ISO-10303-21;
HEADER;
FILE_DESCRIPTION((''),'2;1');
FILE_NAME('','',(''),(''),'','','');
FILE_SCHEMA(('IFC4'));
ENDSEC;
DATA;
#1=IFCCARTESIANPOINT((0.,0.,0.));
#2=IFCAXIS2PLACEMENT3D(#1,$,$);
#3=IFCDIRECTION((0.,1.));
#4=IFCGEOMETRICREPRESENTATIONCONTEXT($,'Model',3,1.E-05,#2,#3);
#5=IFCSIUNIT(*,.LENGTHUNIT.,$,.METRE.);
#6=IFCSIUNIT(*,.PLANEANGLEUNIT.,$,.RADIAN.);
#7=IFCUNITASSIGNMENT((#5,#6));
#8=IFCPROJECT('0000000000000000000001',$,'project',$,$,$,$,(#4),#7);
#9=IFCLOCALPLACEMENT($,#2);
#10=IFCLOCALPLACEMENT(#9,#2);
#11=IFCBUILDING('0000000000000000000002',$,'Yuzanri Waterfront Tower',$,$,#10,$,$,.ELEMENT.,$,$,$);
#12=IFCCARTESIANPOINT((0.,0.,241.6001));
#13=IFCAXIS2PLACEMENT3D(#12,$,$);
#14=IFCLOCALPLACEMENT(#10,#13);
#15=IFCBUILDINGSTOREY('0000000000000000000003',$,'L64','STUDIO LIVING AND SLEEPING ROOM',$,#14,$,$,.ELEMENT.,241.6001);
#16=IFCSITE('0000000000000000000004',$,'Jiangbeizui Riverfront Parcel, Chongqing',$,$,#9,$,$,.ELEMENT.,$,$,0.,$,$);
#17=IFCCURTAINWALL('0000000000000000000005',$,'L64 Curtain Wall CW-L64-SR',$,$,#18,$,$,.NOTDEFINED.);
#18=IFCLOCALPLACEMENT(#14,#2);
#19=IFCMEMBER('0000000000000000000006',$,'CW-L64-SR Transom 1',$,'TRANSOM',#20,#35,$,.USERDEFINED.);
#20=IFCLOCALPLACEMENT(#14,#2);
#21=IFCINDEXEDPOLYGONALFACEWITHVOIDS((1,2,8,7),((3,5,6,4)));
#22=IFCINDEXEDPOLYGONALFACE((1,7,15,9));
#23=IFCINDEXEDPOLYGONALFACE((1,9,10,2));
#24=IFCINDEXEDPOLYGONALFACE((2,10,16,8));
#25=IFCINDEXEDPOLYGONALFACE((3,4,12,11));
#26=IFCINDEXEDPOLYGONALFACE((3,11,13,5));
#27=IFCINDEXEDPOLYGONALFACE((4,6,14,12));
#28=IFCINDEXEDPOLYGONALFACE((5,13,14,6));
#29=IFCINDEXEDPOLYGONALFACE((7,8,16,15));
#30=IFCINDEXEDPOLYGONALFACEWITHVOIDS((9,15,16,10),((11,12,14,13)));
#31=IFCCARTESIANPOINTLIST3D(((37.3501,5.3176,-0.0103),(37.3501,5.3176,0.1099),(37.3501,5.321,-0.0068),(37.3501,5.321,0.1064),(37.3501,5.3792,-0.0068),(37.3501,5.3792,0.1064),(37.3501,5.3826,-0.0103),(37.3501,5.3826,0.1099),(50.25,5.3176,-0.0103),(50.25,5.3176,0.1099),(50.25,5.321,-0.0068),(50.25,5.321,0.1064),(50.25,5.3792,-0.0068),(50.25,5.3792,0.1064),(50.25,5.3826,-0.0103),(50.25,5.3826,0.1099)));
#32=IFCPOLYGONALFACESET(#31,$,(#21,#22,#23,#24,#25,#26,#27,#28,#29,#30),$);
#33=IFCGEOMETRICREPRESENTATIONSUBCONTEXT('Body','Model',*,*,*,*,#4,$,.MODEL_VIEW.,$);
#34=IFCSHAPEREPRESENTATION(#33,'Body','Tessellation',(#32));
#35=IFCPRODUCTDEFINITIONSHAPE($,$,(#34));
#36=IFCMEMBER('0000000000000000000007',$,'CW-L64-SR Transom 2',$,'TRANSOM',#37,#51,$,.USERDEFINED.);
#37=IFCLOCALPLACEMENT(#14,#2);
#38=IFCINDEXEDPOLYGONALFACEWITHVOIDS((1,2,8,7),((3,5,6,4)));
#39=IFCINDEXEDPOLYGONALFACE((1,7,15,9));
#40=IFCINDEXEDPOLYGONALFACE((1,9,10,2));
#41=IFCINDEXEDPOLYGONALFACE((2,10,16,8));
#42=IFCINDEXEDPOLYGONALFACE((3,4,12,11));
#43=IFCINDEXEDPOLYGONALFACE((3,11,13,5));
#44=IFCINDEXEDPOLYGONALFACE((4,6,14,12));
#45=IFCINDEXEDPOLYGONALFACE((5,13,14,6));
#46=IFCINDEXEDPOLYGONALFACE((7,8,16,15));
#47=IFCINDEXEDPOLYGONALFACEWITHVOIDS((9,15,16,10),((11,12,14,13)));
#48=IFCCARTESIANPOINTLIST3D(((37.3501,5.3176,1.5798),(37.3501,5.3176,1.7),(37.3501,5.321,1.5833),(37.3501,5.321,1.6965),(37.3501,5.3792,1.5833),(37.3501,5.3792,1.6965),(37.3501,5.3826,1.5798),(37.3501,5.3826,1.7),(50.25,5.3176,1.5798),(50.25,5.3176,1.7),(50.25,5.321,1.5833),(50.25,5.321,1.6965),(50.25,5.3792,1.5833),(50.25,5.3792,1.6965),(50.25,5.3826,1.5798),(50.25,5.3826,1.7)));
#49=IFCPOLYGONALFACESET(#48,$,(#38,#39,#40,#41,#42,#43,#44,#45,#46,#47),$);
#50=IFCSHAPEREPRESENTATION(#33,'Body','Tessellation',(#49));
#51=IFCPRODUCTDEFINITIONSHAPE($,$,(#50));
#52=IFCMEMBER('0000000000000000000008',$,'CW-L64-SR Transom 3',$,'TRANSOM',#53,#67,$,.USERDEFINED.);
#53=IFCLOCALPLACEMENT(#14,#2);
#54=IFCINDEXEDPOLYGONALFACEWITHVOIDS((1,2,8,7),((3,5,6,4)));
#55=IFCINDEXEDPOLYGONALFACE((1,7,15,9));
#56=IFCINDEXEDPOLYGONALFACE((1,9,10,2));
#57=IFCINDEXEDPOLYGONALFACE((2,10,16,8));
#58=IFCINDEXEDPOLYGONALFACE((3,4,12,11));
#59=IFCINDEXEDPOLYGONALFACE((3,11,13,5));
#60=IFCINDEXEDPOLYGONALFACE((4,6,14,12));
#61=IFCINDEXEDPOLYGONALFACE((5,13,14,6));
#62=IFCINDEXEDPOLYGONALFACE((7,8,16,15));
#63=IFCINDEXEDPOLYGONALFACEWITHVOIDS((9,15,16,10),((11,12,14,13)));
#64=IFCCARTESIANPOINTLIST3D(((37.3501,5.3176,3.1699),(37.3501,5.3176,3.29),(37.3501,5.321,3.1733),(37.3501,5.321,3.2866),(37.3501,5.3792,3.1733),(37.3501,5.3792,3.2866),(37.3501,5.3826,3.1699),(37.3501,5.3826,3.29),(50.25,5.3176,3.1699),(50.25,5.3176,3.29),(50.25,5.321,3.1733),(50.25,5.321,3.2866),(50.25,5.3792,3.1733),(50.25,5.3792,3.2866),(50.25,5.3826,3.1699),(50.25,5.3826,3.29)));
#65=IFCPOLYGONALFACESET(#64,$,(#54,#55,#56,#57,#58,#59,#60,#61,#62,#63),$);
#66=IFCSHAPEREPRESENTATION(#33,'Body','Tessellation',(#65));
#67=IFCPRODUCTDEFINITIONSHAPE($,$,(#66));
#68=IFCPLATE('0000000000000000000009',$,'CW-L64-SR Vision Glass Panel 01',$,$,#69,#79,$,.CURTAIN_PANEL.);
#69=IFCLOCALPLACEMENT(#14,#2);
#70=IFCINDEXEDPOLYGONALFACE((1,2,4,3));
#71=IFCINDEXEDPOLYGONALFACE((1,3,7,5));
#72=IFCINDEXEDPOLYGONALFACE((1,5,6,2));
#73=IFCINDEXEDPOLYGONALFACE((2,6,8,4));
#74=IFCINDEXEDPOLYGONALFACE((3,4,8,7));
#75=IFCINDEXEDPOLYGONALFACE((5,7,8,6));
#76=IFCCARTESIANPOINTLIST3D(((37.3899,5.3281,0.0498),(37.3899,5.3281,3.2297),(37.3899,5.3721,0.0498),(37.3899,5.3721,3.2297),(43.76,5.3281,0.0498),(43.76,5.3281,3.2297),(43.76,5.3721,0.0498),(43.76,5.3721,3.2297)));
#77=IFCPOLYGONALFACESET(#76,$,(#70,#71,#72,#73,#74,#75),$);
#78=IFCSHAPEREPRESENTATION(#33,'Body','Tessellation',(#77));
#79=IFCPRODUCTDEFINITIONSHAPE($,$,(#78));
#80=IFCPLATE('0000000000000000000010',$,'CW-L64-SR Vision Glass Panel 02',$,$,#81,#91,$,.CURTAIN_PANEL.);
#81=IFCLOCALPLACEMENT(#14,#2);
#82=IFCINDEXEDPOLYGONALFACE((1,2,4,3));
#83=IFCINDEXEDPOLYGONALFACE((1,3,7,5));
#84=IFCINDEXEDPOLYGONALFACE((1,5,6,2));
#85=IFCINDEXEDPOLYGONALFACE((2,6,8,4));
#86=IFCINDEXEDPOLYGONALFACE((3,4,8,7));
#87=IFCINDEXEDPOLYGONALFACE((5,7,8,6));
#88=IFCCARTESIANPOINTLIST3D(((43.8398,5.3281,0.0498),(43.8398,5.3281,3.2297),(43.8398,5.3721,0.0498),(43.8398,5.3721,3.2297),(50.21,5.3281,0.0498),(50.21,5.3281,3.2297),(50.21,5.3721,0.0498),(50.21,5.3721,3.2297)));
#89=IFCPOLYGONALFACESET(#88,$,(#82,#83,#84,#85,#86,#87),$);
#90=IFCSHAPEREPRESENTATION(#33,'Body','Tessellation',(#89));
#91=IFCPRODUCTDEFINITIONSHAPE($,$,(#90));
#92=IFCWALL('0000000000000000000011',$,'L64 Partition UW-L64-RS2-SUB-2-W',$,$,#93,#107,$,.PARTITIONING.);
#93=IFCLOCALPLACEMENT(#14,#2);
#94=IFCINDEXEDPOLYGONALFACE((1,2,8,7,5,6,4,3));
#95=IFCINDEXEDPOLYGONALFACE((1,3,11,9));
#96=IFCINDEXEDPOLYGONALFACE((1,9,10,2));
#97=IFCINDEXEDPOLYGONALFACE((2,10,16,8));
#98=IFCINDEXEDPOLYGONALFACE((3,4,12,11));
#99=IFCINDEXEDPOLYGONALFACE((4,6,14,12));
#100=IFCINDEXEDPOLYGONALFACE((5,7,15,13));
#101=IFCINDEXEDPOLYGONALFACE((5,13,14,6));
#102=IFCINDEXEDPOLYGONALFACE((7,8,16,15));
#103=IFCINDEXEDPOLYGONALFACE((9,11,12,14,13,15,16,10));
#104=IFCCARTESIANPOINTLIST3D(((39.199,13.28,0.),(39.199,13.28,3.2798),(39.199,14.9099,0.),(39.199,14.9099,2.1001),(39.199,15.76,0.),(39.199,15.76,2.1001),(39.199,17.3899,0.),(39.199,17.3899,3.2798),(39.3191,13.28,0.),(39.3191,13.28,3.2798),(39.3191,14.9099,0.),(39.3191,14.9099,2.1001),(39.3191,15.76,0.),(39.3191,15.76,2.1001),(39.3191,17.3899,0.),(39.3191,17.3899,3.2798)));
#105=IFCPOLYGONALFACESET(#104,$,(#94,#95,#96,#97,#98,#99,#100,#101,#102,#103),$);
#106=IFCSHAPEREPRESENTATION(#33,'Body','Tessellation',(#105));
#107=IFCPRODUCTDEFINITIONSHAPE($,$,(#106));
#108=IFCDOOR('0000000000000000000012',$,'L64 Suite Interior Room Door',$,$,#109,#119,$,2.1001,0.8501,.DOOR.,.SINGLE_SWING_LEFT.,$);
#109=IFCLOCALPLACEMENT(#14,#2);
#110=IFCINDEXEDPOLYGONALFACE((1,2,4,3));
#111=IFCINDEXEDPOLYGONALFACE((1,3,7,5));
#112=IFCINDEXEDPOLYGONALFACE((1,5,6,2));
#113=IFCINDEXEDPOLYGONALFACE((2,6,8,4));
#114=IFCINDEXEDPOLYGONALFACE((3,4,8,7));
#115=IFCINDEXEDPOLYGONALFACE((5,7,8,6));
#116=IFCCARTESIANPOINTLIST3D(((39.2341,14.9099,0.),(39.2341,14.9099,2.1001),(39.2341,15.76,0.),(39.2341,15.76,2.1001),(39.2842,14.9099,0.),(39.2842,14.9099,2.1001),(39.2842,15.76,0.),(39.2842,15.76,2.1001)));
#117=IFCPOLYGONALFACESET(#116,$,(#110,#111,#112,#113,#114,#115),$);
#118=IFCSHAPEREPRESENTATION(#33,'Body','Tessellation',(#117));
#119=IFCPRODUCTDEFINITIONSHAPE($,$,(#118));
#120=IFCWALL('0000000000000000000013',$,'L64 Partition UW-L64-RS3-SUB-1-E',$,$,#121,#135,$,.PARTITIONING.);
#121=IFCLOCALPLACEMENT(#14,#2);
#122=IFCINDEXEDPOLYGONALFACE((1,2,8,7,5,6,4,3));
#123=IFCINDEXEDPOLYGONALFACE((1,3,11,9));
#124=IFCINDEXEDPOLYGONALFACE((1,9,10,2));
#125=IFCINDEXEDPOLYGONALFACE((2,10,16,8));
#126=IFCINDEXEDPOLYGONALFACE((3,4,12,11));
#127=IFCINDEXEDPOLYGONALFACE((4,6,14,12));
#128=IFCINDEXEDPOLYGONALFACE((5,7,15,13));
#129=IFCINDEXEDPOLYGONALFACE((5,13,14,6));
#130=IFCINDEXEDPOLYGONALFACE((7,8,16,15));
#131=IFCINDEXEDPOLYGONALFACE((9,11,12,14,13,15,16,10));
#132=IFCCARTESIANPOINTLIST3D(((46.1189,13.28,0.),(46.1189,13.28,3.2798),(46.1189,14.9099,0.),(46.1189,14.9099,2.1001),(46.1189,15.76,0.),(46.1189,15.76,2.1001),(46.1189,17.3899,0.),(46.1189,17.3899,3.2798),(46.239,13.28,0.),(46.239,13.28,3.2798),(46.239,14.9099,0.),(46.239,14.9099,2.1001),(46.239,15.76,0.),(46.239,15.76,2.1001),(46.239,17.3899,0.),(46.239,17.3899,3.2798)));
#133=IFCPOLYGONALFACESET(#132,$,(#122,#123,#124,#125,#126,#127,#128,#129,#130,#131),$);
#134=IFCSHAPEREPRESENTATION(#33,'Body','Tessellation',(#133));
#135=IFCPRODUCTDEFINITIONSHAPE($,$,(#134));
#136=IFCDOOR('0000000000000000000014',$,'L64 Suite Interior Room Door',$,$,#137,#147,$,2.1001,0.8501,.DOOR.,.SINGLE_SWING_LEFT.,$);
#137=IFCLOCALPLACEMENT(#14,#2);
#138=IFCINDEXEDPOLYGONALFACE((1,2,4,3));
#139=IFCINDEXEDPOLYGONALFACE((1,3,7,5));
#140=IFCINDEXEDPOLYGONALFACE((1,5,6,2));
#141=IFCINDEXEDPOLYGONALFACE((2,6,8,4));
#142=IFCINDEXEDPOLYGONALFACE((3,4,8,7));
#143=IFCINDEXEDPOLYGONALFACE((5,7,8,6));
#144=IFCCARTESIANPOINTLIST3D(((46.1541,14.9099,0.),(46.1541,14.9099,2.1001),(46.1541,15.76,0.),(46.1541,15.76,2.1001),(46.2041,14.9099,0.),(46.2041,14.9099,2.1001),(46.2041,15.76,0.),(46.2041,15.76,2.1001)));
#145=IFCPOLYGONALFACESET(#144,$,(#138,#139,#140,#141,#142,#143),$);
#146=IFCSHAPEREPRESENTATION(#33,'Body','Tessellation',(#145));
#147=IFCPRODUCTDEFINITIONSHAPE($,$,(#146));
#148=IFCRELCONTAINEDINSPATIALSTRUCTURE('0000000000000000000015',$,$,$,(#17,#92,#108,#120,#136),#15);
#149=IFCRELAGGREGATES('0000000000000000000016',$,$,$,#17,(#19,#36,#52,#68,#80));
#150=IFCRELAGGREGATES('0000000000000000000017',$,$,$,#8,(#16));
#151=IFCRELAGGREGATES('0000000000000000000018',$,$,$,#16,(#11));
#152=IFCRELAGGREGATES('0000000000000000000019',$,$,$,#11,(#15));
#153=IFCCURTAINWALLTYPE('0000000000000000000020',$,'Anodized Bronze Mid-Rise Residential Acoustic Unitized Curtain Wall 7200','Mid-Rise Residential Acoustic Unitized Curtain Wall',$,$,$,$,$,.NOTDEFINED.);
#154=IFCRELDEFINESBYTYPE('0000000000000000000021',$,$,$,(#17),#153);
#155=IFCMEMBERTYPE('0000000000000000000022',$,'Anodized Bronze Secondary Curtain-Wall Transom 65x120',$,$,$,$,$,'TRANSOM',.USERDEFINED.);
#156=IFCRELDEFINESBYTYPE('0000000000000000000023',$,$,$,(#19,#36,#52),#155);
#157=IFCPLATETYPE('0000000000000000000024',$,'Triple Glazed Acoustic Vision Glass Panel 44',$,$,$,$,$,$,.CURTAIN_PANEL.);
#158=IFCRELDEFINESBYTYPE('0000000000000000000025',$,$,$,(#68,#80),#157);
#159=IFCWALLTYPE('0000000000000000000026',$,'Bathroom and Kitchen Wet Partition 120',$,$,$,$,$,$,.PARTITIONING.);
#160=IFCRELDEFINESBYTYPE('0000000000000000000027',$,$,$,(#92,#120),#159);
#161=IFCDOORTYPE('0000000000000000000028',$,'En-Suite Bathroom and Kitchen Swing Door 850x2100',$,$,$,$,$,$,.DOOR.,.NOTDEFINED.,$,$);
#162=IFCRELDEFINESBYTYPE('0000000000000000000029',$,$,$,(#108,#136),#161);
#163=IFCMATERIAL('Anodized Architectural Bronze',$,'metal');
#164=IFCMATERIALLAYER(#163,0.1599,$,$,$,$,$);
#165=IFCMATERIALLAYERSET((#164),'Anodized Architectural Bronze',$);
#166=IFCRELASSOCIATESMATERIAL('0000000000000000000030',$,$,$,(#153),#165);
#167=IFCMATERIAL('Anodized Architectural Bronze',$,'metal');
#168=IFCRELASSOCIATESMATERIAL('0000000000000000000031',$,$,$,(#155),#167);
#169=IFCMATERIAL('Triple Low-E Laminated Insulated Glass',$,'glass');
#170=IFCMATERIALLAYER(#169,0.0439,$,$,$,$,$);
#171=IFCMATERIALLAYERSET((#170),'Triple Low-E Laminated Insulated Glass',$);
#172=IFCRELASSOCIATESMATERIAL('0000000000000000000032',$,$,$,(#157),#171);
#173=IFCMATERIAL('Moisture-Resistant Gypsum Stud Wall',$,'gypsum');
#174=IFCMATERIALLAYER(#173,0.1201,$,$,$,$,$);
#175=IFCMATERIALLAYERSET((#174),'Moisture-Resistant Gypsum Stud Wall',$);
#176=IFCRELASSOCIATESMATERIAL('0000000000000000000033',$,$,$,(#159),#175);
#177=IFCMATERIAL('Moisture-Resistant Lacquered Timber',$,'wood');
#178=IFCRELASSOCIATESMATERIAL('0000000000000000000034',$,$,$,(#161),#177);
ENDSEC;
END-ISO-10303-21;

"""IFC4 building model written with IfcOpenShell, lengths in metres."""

from ifc_helpers import new_model, si_unit, direction, frame, frame_2d, origin, origin_2d, place, context, subcontext, project, spatial, rectangle, hollow_rectangle, extrude, source, transform, mapped, material, layer, layer_set, material_profile, profile_set, type_object, element, fill, aggregate, save


model = new_model("IFC4")

# Units and contexts
model_context = context("Model", 3, precision=1e-05, world=origin(), true_north=direction((0.0, 1.0)))
body_context = subcontext(model_context, "Body", "Model", "MODEL_VIEW")
ifc_project = project(units=[si_unit("LENGTHUNIT", "METRE"), si_unit("PLANEANGLEUNIT", "RADIAN")], contexts=[model_context])

# Site, building, storey
site_placement = place(None, origin())
site = spatial("IfcSite", under=ifc_project, at=site_placement, Name="Jiangbeizui Riverfront Parcel, Chongqing", CompositionType="ELEMENT", RefElevation=0.0)
building_placement = place(site_placement, origin())
building = spatial("IfcBuilding", under=site, at=building_placement, Name="Yuzanri Waterfront Tower", CompositionType="ELEMENT")
storey_placement = place(building_placement, frame((0.0, 0.0, 241.6001)))
storey = spatial("IfcBuildingStorey", under=building, at=storey_placement, Name="L64", Description="STUDIO LIVING AND SLEEPING ROOM", CompositionType="ELEMENT", Elevation=241.6001)

# Curtain wall, members, plates
ifc_material_1 = material(Name="Anodized Architectural Bronze", Category="metal")
ifc_layer_1 = layer(ifc_material_1, 0.1599)
ifc_layer_set_1 = layer_set([ifc_layer_1], Name="Anodized Architectural Bronze")
curtain_wall_type = type_object("IfcCurtainWallType", Name="Anodized Bronze Mid-Rise Residential Acoustic Unitized Curtain Wall 7200", Description="Mid-Rise Residential Acoustic Unitized Curtain Wall", PredefinedType="NOTDEFINED", material=ifc_layer_set_1)
curtain_wall_placement = place(storey_placement, origin())
curtain_wall = element("IfcCurtainWall", 1, at=curtain_wall_placement, inside=storey, type_object=curtain_wall_type, Name="L64 Curtain Wall CW-L64-SR", PredefinedType="NOTDEFINED")
ifc_material_2 = material(Name="Anodized Architectural Bronze", Category="metal")
ifc_material_profile_1 = material_profile(ifc_material_2, hollow_rectangle(XDim=0.0649, YDim=0.1201, WallThickness=0.0034, at=origin_2d()), Name="CWT 65x120")
ifc_profile_set_1 = profile_set([ifc_material_profile_1], Name="Anodized Architectural Bronze")
member_type_1 = type_object("IfcMemberType", Name="Anodized Bronze Secondary Curtain-Wall Transom 65x120", ElementType="TRANSOM", PredefinedType="USERDEFINED", material=ifc_profile_set_1)
shared_shape_1 = source(origin(), body_context, "Body", "SweptSolid", [
    extrude(hollow_rectangle(XDim=0.0649, YDim=0.1201, WallThickness=0.0034, at=origin_2d()), origin(), (0.0, 0.0, 1.0), 12.8999),
])
member_1_placement = place(storey_placement, frame((37.3501, 5.3501, 0.0498), z_axis=(1.0, 0.0, 0.0), x_axis=(0.0, 1.0, 0.0)))
member_1 = element("IfcMember", 2, at=member_1_placement, type_object=member_type_1, Name="CW-L64-SR Transom 1", ObjectType="TRANSOM", PredefinedType="USERDEFINED", context=body_context, shape_type="MappedRepresentation", body=[
    mapped(shared_shape_1, transform((0.0, 0.0, 0.0), scale=1.0)),
])
member_2_placement = place(storey_placement, frame((37.3501, 5.3501, 1.6399), z_axis=(1.0, 0.0, 0.0), x_axis=(0.0, 1.0, 0.0)))
member_2 = element("IfcMember", 3, at=member_2_placement, type_object=member_type_1, Name="CW-L64-SR Transom 2", ObjectType="TRANSOM", PredefinedType="USERDEFINED", context=body_context, shape_type="MappedRepresentation", body=[
    mapped(shared_shape_1, transform((0.0, 0.0, 0.0), scale=1.0)),
])
member_3_placement = place(storey_placement, frame((37.3501, 5.3501, 3.23), z_axis=(1.0, 0.0, 0.0), x_axis=(0.0, 1.0, 0.0)))
member_3 = element("IfcMember", 4, at=member_3_placement, type_object=member_type_1, Name="CW-L64-SR Transom 3", ObjectType="TRANSOM", PredefinedType="USERDEFINED", context=body_context, shape_type="MappedRepresentation", body=[
    mapped(shared_shape_1, transform((0.0, 0.0, 0.0), scale=1.0)),
])
ifc_material_3 = material(Name="Triple Low-E Laminated Insulated Glass", Category="glass")
ifc_layer_2 = layer(ifc_material_3, 0.0439)
ifc_layer_set_2 = layer_set([ifc_layer_2], Name="Triple Low-E Laminated Insulated Glass")
plate_type = type_object("IfcPlateType", Name="Triple Glazed Acoustic Vision Glass Panel 44", PredefinedType="CURTAIN_PANEL", material=ifc_layer_set_2)
shared_shape_2 = source(origin(), body_context, "Body", "SweptSolid", [
    extrude(rectangle(XDim=6.3701, YDim=0.0439, at=origin_2d()), origin(), (0.0, 0.0, 1.0), 3.1799),
])
plate_1_placement = place(storey_placement, frame((40.575, 5.3501, 0.0498), z_axis=(0.0, 0.0, 1.0), x_axis=(1.0, 0.0, 0.0)))
plate_1 = element("IfcPlate", 5, at=plate_1_placement, type_object=plate_type, Name="CW-L64-SR Vision Glass Panel 01", PredefinedType="CURTAIN_PANEL", context=body_context, shape_type="MappedRepresentation", body=[
    mapped(shared_shape_2, transform((0.0, 0.0, 0.0), scale=1.0)),
])
plate_2_placement = place(storey_placement, frame((47.0249, 5.3501, 0.0498), z_axis=(0.0, 0.0, 1.0), x_axis=(1.0, 0.0, 0.0)))
plate_2 = element("IfcPlate", 6, at=plate_2_placement, type_object=plate_type, Name="CW-L64-SR Vision Glass Panel 02", PredefinedType="CURTAIN_PANEL", context=body_context, shape_type="MappedRepresentation", body=[
    mapped(shared_shape_2, transform((0.0, 0.0, 0.0), scale=1.0)),
])
aggregate(curtain_wall, [member_1, member_2, member_3, plate_1, plate_2])

# Walls, openings, doors
ifc_material_4 = material(Name="Moisture-Resistant Gypsum Stud Wall", Category="gypsum")
ifc_layer_3 = layer(ifc_material_4, 0.1201)
ifc_layer_set_3 = layer_set([ifc_layer_3], Name="Moisture-Resistant Gypsum Stud Wall")
wall_type_1 = type_object("IfcWallType", Name="Bathroom and Kitchen Wet Partition 120", PredefinedType="PARTITIONING", material=ifc_layer_set_3)
wall_1_placement = place(storey_placement, frame((39.259, 13.28, 0.0), z_axis=(0.0, 0.0, 1.0), x_axis=(0.0, 1.0, 0.0)))
wall_1 = element("IfcWall", 7, at=wall_1_placement, inside=storey, type_object=wall_type_1, Name="L64 Partition UW-L64-RS2-SUB-2-W", PredefinedType="PARTITIONING", context=body_context, shape_type="SweptSolid", body=[
    extrude(rectangle(XDim=4.1099, YDim=0.1201, at=frame_2d((2.0549, 0.0))), origin(), (0.0, 0.0, 1.0), 3.2798),
])
opening_1_placement = place(wall_1_placement, frame((1.6299, 0.0, 0.0)))
opening_1 = element("IfcOpeningElement", 8, at=opening_1_placement, cuts=wall_1, PredefinedType="OPENING", context=body_context, shape_type="SweptSolid", body=[
    extrude(rectangle(XDim=0.8501, YDim=2.1001, at=frame_2d((0.425, 1.05))), frame((0.0, 0.075, 0.0), z_axis=(0.0, -1.0, 0.0), x_axis=(1.0, 0.0, 0.0)), (0.0, 0.0, 1.0), 0.1499),
])
ifc_material_5 = material(Name="Moisture-Resistant Lacquered Timber", Category="wood")
door_type_1 = type_object("IfcDoorType", Name="En-Suite Bathroom and Kitchen Swing Door 850x2100", OperationType="NOTDEFINED", PredefinedType="DOOR", material=ifc_material_5)
shared_shape_3 = source(origin(), body_context, "Body", "SweptSolid", [
    extrude(rectangle(XDim=0.8501, YDim=2.1001, at=frame_2d((0.425, 1.05))), frame((0.0, 0.0249, 0.0), z_axis=(0.0, -1.0, 0.0), x_axis=(1.0, 0.0, 0.0)), (0.0, 0.0, 1.0), 0.05),
])
door_1_placement = place(opening_1_placement, origin())
door_1 = element("IfcDoor", 9, at=door_1_placement, inside=storey, type_object=door_type_1, Name="L64 Suite Interior Room Door", OperationType="SINGLE_SWING_LEFT", OverallHeight=2.1001, OverallWidth=0.8501, PredefinedType="DOOR", context=body_context, shape_type="MappedRepresentation", body=[
    mapped(shared_shape_3, transform((0.0, 0.0, 0.0), scale=1.0)),
])
fill(opening_1, door_1)
wall_2_placement = place(storey_placement, frame((46.179, 13.28, 0.0), z_axis=(0.0, 0.0, 1.0), x_axis=(0.0, 1.0, 0.0)))
wall_2 = element("IfcWall", 10, at=wall_2_placement, inside=storey, type_object=wall_type_1, Name="L64 Partition UW-L64-RS3-SUB-1-E", PredefinedType="PARTITIONING", context=body_context, shape_type="SweptSolid", body=[
    extrude(rectangle(XDim=4.1099, YDim=0.1201, at=frame_2d((2.0549, 0.0))), origin(), (0.0, 0.0, 1.0), 3.2798),
])
opening_2_placement = place(wall_2_placement, frame((1.6299, 0.0, 0.0)))
opening_2 = element("IfcOpeningElement", 11, at=opening_2_placement, cuts=wall_2, PredefinedType="OPENING", context=body_context, shape_type="SweptSolid", body=[
    extrude(rectangle(XDim=0.8501, YDim=2.1001, at=frame_2d((0.425, 1.05))), frame((0.0, 0.075, 0.0), z_axis=(0.0, -1.0, 0.0), x_axis=(1.0, 0.0, 0.0)), (0.0, 0.0, 1.0), 0.1499),
])
door_2_placement = place(opening_2_placement, origin())
door_2 = element("IfcDoor", 12, at=door_2_placement, inside=storey, type_object=door_type_1, Name="L64 Suite Interior Room Door", OperationType="SINGLE_SWING_LEFT", OverallHeight=2.1001, OverallWidth=0.8501, PredefinedType="DOOR", context=body_context, shape_type="MappedRepresentation", body=[
    mapped(shared_shape_3, transform((0.0, 0.0, 0.0), scale=1.0)),
])
fill(opening_2, door_2)

save(model, "model.ifc")
